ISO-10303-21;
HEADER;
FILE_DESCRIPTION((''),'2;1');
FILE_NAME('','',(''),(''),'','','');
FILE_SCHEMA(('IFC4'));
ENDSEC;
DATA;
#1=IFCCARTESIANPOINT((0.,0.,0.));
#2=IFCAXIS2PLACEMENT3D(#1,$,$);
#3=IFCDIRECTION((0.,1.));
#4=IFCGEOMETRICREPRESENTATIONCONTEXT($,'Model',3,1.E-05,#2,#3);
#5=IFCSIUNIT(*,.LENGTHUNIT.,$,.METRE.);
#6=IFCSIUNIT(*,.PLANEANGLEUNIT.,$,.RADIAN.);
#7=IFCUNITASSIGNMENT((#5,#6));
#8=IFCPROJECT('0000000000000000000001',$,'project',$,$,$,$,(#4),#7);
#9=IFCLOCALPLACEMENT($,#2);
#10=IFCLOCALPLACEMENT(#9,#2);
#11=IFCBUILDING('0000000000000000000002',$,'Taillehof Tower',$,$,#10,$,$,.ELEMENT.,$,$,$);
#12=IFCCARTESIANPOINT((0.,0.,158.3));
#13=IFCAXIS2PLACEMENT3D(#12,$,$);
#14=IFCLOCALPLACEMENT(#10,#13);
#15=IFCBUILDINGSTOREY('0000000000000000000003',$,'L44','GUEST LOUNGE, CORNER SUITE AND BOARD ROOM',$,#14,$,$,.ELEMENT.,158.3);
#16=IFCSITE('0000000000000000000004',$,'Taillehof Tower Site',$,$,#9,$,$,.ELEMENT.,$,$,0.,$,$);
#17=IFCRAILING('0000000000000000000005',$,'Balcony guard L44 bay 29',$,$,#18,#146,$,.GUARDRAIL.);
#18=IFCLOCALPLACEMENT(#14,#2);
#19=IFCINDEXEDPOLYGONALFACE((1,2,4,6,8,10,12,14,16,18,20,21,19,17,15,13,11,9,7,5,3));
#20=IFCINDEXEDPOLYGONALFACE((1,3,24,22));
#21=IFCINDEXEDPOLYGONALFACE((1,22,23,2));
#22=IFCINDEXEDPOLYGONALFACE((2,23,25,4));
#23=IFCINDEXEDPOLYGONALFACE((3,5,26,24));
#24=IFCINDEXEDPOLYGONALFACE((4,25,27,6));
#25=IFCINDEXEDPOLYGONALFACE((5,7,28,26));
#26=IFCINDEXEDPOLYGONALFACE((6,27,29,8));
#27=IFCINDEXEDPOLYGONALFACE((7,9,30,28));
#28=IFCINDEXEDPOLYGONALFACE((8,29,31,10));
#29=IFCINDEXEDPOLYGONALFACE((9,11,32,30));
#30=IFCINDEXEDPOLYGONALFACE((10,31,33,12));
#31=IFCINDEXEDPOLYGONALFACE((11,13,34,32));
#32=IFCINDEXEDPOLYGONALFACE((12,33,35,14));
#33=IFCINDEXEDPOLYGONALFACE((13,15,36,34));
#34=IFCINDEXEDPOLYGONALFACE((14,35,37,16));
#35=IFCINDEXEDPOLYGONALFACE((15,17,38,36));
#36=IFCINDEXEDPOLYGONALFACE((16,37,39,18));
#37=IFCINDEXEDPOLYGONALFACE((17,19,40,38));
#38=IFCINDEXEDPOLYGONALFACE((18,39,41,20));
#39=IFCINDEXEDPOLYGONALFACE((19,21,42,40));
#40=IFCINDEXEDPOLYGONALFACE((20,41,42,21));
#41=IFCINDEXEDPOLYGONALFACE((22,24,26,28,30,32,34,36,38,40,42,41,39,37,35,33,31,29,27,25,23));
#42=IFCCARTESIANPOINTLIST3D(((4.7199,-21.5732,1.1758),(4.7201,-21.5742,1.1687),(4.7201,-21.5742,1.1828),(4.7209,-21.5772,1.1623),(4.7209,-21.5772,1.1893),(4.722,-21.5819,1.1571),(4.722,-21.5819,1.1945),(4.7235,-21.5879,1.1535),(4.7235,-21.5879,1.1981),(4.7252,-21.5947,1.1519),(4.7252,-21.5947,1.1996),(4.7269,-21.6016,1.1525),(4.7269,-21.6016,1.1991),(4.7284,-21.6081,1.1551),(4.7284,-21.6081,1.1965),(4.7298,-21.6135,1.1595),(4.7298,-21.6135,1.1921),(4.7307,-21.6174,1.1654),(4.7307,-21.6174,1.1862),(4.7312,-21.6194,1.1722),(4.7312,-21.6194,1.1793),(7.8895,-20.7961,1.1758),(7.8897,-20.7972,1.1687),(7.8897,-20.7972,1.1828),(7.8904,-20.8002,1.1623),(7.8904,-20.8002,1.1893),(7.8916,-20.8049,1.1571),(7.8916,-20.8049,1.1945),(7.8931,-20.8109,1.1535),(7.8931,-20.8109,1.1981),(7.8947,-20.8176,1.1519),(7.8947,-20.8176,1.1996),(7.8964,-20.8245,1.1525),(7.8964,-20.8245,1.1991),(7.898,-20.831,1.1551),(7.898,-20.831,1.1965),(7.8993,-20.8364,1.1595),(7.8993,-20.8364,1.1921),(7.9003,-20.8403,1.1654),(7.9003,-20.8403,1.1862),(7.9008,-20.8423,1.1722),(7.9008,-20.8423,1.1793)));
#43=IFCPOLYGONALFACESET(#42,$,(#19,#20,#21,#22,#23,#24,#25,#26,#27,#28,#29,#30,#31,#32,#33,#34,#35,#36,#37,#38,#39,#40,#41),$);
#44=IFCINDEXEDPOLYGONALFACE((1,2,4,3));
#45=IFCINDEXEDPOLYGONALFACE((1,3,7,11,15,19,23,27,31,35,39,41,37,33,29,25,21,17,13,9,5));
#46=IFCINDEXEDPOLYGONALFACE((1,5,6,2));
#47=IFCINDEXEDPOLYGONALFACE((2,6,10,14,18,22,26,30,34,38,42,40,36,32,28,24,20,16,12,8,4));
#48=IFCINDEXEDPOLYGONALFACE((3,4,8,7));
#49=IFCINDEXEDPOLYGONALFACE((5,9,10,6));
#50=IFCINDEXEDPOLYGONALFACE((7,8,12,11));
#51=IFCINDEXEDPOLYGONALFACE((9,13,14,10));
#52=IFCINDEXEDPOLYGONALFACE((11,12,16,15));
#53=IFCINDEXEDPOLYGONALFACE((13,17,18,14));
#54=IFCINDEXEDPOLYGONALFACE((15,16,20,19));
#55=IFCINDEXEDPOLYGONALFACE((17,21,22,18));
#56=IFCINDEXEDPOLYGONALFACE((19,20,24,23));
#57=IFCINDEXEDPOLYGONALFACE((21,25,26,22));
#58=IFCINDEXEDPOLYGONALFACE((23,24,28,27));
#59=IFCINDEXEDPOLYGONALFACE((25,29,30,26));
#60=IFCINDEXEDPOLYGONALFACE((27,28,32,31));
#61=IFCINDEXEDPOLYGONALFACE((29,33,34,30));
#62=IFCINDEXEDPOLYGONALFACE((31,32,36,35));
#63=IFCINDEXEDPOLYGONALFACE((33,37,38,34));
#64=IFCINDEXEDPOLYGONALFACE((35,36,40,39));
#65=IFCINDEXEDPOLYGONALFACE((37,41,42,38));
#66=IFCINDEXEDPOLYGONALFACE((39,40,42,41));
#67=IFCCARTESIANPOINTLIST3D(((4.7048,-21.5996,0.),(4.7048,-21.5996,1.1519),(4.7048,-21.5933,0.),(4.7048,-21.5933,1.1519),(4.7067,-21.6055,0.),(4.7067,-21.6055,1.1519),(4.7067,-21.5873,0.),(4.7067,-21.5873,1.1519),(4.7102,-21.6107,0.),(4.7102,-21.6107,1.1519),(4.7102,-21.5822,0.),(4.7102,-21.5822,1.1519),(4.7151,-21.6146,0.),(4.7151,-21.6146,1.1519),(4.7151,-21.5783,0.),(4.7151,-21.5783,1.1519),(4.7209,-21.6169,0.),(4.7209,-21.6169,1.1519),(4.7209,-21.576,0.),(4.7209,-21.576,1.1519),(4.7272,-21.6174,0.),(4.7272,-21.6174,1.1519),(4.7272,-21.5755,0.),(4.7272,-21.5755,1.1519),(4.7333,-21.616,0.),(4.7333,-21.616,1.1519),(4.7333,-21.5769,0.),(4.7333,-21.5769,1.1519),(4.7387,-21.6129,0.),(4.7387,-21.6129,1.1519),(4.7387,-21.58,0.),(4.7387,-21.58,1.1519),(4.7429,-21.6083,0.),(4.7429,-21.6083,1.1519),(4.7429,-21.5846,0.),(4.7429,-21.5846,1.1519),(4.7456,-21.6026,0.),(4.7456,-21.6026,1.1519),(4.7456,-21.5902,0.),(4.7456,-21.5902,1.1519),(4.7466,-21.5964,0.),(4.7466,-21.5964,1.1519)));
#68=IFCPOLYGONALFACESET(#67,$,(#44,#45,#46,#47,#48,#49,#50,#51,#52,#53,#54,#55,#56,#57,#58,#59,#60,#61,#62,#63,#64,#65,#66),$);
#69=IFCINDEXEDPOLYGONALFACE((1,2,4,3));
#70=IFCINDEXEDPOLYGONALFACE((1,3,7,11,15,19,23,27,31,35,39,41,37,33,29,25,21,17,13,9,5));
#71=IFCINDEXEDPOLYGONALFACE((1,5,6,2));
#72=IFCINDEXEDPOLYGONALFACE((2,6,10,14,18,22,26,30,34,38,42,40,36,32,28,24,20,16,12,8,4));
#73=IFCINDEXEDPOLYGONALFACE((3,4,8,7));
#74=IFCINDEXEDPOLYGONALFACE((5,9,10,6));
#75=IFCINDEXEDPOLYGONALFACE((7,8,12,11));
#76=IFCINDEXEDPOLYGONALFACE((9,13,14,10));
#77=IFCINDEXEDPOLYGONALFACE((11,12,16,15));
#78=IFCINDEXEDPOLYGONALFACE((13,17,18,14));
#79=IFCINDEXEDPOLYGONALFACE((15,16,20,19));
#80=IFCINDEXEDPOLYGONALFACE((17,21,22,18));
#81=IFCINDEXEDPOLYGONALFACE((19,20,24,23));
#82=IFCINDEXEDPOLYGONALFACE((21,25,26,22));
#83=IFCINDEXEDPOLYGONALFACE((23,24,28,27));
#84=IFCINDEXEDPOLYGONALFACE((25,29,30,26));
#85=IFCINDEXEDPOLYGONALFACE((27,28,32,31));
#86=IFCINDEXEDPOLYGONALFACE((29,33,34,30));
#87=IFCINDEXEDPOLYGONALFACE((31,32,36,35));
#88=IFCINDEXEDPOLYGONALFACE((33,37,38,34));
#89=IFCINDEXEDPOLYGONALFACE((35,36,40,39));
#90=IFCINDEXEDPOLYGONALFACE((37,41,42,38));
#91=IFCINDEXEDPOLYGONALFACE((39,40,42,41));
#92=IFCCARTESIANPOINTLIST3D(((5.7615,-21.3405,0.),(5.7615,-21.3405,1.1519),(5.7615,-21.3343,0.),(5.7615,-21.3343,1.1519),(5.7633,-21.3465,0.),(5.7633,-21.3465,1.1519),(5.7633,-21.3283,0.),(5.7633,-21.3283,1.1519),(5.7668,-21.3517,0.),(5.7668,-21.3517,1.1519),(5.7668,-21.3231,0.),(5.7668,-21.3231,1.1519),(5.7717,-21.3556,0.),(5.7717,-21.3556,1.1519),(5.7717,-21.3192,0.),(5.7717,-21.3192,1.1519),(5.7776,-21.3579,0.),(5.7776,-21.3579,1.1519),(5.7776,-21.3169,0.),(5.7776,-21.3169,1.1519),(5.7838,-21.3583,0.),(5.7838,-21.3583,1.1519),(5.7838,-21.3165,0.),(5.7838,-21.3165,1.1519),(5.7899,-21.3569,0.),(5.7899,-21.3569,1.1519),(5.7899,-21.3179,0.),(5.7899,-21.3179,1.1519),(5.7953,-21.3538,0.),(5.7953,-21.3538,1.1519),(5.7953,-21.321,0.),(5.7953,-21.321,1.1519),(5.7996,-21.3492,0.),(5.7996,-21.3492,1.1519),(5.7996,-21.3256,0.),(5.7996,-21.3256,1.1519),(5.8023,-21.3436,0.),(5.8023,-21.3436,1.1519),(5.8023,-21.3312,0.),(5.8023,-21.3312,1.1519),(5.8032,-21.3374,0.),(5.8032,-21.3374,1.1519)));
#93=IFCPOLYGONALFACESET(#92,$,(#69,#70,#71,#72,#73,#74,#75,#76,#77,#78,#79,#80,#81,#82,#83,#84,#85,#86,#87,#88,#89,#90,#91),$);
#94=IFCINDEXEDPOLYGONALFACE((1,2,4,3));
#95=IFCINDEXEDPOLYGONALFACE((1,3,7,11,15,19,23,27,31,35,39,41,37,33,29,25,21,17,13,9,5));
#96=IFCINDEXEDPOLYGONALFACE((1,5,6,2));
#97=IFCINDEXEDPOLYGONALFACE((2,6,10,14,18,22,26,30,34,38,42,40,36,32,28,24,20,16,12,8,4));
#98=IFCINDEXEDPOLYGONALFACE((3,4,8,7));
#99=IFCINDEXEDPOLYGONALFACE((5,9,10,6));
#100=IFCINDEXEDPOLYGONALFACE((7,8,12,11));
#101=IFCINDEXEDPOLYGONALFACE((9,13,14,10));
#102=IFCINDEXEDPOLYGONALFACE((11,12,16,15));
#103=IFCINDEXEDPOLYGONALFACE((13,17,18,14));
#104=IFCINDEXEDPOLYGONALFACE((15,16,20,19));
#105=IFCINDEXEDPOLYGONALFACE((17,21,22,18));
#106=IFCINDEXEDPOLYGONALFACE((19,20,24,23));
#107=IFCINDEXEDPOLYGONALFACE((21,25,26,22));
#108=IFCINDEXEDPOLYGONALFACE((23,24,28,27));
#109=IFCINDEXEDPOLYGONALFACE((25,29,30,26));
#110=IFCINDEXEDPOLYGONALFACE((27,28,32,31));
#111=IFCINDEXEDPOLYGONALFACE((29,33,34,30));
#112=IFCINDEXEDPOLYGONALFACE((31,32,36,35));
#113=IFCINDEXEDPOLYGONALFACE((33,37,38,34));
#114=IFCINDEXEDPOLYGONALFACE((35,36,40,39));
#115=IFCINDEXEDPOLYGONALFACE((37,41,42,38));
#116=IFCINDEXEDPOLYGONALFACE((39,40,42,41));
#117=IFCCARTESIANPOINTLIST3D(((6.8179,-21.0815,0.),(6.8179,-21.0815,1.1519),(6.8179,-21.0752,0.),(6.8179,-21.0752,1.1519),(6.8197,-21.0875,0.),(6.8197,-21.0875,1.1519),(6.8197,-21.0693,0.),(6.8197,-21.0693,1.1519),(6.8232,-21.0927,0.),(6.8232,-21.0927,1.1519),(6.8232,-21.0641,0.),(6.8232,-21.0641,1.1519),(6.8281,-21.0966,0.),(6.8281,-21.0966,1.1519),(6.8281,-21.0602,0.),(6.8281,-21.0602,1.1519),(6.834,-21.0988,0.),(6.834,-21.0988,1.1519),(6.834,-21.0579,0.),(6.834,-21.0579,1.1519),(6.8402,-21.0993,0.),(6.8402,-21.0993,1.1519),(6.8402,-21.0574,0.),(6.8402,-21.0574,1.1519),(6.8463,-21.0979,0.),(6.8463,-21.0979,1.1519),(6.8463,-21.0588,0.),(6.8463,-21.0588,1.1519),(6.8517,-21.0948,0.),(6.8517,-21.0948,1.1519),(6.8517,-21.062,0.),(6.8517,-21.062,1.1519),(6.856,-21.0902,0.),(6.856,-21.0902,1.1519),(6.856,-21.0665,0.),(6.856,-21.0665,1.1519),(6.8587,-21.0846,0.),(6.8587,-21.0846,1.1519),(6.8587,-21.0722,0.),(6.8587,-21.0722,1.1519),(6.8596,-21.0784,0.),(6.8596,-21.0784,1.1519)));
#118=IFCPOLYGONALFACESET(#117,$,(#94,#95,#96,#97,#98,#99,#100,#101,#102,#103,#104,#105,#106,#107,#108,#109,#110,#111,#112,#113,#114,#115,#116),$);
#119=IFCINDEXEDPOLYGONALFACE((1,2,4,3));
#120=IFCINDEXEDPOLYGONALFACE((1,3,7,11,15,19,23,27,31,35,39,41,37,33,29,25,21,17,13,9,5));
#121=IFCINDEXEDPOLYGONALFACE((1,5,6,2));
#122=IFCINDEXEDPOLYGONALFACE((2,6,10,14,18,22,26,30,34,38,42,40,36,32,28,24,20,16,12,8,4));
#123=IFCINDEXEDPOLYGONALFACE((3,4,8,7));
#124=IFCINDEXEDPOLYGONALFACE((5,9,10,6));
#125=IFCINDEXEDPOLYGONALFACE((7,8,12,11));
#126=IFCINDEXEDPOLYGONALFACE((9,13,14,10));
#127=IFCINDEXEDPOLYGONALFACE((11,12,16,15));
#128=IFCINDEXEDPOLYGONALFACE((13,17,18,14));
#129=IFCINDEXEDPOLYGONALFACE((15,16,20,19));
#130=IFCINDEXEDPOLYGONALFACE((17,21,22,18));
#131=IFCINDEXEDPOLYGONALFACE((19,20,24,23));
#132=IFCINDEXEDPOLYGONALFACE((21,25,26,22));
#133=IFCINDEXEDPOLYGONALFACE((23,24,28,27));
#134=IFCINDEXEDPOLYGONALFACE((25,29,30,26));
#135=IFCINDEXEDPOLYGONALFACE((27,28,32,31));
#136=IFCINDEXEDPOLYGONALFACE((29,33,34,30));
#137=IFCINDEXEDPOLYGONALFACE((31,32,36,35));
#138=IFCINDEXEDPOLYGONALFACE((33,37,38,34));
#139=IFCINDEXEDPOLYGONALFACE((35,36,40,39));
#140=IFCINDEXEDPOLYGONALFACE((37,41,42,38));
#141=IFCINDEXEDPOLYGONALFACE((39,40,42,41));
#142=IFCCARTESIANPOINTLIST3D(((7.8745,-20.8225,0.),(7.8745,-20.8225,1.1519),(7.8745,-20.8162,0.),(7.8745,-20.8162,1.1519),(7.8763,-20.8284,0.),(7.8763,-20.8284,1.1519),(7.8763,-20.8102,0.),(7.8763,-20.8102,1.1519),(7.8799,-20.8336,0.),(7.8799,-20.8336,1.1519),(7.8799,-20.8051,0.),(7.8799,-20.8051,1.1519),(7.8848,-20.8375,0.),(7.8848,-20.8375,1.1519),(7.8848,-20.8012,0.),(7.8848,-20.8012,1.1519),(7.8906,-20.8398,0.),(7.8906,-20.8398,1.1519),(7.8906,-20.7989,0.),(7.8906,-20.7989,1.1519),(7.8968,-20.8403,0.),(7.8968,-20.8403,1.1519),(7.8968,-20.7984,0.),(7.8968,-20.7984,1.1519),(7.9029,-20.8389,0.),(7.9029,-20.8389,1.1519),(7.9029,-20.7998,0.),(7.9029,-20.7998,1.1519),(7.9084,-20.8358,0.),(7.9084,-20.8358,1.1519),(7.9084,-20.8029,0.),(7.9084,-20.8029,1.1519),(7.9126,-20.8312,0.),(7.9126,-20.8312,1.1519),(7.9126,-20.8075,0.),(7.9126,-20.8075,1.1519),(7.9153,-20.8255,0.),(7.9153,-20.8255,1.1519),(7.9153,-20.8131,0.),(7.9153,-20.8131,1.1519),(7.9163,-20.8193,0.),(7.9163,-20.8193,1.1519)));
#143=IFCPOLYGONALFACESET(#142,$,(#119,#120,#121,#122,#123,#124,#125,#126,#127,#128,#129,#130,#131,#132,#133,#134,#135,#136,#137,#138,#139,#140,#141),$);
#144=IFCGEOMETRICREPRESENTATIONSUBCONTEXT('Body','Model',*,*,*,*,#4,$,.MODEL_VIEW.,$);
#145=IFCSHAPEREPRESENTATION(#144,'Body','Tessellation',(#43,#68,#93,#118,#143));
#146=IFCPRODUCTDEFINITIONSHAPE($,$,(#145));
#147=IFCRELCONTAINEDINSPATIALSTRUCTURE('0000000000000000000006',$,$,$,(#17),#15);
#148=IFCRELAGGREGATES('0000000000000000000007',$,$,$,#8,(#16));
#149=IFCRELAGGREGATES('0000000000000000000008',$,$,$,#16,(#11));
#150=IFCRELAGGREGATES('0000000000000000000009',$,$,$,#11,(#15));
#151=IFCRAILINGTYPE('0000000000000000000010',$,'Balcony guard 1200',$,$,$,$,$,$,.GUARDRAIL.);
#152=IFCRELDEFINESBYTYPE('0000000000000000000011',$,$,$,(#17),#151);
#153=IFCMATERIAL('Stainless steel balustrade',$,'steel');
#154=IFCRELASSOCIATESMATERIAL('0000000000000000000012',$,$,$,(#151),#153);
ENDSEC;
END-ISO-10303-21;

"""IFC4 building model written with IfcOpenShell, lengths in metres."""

from ifc_helpers import new_model, si_unit, direction, frame, origin, origin_2d, place, context, subcontext, project, spatial, circle, extrude, material, type_object, element, save


model = new_model("IFC4")

# Units and contexts
model_context = context("Model", 3, precision=1e-05, world=origin(), true_north=direction((0.0, 1.0)))
body_context = subcontext(model_context, "Body", "Model", "MODEL_VIEW")
ifc_project = project(units=[si_unit("LENGTHUNIT", "METRE"), si_unit("PLANEANGLEUNIT", "RADIAN")], contexts=[model_context])

# Site, building, storey
site_placement = place(None, origin())
site = spatial("IfcSite", under=ifc_project, at=site_placement, Name="Taillehof Tower Site", CompositionType="ELEMENT", RefElevation=0.0)
building_placement = place(site_placement, origin())
building = spatial("IfcBuilding", under=site, at=building_placement, Name="Taillehof Tower", CompositionType="ELEMENT")
storey_placement = place(building_placement, frame((0.0, 0.0, 158.3)))
storey = spatial("IfcBuildingStorey", under=building, at=storey_placement, Name="L44", Description="GUEST LOUNGE, CORNER SUITE AND BOARD ROOM", CompositionType="ELEMENT", Elevation=158.3)

# Railing
ifc_material_1 = material(Name="Stainless steel balustrade", Category="steel")
railing_type = type_object("IfcRailingType", Name="Balcony guard 1200", PredefinedType="GUARDRAIL", material=ifc_material_1)
railing_1_placement = place(storey_placement, frame((4.7256, -21.5964, 0.0)))
element("IfcRailing", 1, at=railing_1_placement, inside=storey, type_object=railing_type, Name="Balcony guard L44 bay 29", PredefinedType="GUARDRAIL", context=body_context, shape_type="SweptSolid", body=[
    extrude(circle(Radius=0.0239, at=origin_2d()), frame((0.0, 0.0, 1.1758), z_axis=(0.971237, 0.238115, 0.0), x_axis=(-0.238115, 0.971237, 0.0)), (0.0, 0.0, 1.0), 3.2634),
    extrude(circle(Radius=0.021, at=origin_2d()), origin(), (0.0, 0.0, 1.0), 1.1519),
    extrude(circle(Radius=0.021, at=origin_2d()), frame((1.0566, 0.259, 0.0)), (0.0, 0.0, 1.0), 1.1519),
    extrude(circle(Radius=0.021, at=origin_2d()), frame((2.113, 0.5181, 0.0)), (0.0, 0.0, 1.0), 1.1519),
    extrude(circle(Radius=0.021, at=origin_2d()), frame((3.1697, 0.7771, 0.0)), (0.0, 0.0, 1.0), 1.1519),
])

save(model, "model.ifc")
